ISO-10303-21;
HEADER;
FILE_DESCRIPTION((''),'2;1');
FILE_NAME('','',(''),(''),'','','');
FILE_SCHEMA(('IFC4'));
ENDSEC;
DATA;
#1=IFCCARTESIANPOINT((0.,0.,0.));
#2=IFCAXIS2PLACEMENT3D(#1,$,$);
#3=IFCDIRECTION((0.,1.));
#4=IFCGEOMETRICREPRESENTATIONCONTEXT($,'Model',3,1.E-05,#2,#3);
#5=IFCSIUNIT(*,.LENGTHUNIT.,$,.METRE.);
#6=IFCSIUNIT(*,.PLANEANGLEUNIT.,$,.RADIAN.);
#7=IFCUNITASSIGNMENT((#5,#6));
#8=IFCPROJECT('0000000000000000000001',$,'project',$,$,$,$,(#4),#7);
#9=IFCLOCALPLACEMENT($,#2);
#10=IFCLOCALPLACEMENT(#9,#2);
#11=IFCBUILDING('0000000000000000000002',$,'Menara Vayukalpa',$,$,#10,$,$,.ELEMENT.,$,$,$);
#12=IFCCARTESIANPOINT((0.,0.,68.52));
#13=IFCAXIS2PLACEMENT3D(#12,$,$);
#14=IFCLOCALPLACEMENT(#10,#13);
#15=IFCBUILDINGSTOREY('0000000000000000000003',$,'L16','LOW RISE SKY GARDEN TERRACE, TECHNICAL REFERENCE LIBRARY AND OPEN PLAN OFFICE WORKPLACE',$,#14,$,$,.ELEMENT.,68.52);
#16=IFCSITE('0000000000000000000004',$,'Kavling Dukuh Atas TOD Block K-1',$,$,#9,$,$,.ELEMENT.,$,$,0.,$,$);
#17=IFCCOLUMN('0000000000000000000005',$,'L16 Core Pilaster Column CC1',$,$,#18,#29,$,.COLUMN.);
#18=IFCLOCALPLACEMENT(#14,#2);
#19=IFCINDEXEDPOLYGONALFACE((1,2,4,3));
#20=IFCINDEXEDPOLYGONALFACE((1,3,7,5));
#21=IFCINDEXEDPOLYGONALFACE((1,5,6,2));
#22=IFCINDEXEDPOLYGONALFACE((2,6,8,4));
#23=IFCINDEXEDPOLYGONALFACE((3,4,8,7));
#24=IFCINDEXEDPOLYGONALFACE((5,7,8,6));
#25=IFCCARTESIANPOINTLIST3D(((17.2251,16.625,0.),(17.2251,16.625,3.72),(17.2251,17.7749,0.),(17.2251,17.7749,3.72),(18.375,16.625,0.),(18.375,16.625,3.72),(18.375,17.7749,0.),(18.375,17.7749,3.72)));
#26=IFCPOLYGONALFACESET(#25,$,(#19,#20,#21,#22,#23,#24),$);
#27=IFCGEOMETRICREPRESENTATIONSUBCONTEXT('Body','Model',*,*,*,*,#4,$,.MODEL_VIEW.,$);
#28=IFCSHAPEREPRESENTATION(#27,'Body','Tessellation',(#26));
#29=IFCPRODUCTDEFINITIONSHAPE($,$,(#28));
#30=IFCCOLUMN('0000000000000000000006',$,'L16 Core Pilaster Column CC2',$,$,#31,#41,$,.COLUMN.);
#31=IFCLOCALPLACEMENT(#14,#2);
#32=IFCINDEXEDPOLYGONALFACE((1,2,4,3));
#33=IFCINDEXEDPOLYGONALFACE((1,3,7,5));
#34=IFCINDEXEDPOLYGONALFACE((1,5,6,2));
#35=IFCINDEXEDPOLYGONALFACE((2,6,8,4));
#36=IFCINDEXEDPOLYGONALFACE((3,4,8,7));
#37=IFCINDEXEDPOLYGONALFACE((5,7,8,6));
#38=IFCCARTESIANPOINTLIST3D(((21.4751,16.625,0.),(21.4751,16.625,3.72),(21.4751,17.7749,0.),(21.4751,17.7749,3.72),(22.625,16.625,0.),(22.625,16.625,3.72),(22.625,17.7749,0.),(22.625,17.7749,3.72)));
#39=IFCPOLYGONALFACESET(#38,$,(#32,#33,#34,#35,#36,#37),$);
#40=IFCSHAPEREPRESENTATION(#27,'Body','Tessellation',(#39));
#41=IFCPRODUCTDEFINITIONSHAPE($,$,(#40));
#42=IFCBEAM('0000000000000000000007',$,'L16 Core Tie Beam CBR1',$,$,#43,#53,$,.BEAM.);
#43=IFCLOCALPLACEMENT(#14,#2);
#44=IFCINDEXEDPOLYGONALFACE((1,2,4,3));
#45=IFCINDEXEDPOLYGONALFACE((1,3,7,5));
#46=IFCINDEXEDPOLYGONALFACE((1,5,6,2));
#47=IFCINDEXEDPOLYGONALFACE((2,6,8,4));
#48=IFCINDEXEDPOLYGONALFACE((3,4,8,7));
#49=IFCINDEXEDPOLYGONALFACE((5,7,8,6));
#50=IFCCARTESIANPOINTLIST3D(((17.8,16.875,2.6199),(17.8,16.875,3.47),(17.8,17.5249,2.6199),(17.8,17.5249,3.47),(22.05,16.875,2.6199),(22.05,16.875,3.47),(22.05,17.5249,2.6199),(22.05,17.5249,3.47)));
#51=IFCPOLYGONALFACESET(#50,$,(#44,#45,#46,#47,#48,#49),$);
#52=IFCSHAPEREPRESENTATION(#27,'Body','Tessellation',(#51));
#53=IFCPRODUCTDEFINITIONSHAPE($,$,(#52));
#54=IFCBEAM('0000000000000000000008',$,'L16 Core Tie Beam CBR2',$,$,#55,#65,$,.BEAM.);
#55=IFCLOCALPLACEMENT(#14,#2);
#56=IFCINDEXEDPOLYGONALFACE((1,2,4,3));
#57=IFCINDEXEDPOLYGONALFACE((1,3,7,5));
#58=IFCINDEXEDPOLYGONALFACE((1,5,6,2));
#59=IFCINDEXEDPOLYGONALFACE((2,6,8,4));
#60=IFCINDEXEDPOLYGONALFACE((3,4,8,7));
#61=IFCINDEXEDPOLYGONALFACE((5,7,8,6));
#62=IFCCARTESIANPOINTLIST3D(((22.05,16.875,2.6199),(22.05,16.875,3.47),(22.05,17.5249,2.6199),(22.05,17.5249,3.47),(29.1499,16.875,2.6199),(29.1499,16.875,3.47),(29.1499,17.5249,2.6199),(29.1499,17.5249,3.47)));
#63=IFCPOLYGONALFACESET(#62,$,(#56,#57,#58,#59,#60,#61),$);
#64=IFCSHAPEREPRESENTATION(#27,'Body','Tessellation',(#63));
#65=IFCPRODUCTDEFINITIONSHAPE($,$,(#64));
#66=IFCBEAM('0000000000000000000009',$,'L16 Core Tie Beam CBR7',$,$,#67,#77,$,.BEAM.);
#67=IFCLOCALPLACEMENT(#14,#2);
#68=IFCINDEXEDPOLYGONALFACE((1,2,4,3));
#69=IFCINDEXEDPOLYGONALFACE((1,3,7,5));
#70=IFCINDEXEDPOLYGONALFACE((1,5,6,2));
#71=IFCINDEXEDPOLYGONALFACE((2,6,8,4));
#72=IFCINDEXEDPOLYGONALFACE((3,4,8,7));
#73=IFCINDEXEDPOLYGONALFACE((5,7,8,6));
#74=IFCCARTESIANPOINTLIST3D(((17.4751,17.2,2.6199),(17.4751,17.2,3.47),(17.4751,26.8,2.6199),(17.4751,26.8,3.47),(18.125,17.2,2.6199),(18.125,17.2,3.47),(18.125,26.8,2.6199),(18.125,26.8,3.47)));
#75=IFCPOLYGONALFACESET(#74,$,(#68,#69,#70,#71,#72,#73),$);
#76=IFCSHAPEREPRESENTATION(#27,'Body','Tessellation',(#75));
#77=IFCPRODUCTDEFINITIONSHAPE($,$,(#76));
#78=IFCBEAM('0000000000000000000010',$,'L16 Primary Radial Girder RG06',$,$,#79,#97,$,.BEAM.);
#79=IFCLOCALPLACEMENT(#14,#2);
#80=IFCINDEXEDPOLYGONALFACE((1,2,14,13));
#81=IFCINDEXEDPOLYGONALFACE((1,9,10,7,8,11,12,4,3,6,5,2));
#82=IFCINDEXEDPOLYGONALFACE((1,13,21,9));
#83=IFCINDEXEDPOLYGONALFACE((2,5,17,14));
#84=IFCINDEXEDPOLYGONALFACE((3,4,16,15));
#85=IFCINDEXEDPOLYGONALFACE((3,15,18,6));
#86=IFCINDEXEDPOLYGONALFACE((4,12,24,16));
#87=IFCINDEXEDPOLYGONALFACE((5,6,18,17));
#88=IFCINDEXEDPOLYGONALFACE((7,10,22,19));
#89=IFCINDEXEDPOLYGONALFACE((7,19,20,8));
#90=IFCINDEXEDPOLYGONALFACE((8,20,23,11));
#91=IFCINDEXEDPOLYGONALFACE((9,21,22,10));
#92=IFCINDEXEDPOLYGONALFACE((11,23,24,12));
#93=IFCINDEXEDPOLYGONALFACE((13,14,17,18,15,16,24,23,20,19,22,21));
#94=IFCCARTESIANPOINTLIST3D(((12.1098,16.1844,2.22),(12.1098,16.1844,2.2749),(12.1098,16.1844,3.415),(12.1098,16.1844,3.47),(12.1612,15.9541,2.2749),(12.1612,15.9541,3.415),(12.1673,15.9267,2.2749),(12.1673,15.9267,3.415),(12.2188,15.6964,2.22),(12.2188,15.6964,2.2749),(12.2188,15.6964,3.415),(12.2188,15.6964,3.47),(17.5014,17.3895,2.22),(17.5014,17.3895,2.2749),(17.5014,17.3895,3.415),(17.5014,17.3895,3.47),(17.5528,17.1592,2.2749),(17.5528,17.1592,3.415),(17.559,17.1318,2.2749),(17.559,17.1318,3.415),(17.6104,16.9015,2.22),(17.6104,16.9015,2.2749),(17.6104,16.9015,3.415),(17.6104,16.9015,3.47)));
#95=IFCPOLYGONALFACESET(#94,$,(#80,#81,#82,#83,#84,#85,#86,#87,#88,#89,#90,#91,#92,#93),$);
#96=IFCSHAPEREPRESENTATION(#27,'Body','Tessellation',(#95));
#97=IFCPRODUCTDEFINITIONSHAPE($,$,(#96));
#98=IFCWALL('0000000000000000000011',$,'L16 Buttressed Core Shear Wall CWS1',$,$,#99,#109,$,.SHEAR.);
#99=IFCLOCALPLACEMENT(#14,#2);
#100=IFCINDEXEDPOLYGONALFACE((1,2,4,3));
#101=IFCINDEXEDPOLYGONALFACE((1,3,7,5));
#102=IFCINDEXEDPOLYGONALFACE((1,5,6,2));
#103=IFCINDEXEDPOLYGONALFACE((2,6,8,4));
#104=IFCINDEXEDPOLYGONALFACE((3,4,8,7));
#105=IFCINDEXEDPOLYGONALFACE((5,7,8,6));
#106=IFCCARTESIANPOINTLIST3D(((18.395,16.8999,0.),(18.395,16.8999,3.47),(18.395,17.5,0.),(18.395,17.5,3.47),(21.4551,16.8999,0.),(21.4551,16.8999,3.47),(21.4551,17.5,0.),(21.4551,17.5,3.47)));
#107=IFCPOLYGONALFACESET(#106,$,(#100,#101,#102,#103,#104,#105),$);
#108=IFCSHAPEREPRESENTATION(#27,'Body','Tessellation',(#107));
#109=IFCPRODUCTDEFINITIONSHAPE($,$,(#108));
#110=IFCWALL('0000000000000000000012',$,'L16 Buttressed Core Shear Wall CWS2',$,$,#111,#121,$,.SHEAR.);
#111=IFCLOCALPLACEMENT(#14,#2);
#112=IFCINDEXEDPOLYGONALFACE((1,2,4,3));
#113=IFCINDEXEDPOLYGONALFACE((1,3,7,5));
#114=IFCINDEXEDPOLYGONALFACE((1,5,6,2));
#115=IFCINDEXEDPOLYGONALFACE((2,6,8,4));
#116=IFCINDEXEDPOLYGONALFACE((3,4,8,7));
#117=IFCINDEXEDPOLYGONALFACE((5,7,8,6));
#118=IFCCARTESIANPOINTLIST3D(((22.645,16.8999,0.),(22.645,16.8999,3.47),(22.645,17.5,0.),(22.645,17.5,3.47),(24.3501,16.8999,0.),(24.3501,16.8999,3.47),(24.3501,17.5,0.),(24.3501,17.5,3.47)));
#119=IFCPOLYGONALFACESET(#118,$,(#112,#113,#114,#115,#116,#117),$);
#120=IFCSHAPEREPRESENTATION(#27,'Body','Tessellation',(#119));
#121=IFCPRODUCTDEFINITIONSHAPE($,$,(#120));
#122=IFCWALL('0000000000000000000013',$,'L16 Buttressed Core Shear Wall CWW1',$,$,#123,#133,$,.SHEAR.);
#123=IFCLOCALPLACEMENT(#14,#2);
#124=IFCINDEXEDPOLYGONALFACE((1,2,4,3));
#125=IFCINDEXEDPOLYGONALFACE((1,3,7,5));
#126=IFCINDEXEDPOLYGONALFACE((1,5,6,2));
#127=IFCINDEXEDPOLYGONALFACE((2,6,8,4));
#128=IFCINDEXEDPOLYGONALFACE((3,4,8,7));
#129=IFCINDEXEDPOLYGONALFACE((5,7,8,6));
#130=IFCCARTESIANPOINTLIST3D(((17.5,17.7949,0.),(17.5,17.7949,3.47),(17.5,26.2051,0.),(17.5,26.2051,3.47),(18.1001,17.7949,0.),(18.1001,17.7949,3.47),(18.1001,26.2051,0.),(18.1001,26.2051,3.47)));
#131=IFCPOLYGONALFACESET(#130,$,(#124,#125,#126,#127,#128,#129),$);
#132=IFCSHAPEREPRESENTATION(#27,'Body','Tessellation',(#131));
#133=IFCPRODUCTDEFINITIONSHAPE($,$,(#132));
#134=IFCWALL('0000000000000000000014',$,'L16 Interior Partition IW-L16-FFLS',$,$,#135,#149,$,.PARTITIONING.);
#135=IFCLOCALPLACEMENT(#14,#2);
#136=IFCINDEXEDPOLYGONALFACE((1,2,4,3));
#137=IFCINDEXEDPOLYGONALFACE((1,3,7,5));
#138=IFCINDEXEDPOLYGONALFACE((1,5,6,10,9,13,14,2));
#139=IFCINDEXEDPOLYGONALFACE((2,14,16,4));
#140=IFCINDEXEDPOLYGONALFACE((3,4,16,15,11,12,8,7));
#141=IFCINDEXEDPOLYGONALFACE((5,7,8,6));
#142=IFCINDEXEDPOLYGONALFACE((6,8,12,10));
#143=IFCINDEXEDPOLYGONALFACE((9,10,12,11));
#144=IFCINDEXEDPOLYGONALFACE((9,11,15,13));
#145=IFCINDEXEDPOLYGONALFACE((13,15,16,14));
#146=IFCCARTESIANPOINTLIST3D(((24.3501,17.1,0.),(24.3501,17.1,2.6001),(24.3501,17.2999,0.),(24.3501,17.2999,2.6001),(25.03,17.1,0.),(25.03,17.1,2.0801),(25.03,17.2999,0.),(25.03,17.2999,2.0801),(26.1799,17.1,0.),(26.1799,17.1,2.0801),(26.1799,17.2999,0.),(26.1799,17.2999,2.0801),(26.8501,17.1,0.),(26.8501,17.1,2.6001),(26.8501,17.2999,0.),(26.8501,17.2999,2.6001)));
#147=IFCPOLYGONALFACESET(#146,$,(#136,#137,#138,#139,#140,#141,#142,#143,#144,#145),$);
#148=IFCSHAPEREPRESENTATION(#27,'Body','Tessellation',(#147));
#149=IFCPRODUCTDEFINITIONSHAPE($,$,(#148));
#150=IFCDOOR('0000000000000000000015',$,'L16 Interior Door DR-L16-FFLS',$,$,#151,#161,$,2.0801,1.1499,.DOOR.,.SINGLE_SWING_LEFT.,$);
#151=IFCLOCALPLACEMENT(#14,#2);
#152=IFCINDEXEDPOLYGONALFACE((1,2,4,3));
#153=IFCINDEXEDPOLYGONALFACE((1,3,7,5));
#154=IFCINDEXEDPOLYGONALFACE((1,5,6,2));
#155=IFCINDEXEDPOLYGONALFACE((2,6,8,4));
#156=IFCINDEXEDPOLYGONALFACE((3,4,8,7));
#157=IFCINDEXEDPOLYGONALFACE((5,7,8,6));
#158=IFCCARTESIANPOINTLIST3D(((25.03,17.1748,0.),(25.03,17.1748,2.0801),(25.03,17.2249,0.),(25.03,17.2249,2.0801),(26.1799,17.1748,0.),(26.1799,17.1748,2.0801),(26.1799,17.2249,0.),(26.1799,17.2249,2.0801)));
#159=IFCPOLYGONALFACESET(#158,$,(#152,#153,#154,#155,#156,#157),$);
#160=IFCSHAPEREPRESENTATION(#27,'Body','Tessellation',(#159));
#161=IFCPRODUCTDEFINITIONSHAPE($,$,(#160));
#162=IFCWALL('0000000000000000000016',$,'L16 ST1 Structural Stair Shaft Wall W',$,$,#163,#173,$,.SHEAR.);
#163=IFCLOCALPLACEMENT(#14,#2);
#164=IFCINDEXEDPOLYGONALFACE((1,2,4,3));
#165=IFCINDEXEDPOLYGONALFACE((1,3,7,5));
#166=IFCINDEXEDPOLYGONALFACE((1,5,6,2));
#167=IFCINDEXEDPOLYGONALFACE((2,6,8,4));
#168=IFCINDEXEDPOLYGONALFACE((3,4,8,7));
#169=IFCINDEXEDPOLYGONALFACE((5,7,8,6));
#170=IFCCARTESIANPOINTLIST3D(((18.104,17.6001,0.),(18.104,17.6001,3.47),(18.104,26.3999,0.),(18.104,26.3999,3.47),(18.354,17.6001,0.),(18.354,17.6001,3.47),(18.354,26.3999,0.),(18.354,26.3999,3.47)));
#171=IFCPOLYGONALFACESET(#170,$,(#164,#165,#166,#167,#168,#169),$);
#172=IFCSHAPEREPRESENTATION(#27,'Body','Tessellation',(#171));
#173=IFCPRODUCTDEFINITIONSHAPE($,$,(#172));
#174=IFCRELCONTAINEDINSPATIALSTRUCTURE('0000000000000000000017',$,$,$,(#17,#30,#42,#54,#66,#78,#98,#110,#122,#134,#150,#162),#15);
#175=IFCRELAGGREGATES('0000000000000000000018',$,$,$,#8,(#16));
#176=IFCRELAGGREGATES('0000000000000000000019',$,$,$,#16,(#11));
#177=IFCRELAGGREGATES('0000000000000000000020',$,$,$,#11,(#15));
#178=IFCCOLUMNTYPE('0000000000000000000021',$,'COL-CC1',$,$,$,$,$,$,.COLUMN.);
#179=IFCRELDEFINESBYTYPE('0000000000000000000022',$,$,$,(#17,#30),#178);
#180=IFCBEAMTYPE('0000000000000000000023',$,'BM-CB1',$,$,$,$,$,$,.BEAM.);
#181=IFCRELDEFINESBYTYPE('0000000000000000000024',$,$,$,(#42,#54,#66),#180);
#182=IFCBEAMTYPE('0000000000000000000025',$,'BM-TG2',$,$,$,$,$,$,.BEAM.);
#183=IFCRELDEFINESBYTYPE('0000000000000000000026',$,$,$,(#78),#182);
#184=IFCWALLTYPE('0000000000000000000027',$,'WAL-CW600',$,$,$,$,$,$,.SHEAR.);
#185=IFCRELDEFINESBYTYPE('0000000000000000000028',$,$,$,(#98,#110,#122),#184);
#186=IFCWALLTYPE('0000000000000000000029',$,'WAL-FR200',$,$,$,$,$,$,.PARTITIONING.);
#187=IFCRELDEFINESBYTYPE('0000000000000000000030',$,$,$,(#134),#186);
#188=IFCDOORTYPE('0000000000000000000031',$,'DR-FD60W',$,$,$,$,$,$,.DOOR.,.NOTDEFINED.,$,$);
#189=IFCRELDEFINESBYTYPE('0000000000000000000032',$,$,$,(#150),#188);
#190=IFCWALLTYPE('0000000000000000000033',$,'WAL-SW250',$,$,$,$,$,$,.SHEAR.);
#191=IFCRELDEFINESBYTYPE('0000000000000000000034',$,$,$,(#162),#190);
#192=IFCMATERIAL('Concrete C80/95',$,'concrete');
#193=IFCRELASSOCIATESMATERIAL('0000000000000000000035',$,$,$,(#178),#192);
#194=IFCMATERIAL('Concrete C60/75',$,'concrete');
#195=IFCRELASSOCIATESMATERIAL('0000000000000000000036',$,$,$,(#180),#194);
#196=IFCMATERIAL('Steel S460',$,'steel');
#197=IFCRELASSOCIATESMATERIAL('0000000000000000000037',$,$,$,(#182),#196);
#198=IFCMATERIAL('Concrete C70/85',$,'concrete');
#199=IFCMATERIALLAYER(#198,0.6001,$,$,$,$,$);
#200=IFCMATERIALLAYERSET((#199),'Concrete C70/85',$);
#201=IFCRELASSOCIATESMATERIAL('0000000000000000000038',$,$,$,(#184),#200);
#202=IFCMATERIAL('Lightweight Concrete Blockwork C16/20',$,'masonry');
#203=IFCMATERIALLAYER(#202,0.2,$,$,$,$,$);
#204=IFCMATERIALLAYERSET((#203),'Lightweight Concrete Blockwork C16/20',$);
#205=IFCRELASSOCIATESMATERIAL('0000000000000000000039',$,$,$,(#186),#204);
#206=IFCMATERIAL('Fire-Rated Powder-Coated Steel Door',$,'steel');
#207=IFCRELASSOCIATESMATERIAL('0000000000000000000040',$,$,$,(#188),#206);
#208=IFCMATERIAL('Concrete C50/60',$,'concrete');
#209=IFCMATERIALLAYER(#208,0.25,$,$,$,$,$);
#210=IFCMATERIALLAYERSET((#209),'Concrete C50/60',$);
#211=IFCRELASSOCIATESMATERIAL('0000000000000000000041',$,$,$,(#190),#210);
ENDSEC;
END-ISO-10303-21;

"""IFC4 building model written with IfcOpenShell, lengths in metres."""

from ifc_helpers import new_model, si_unit, direction, frame, frame_2d, origin, origin_2d, place, context, subcontext, project, spatial, rectangle, i_section, extrude, material, layer, layer_set, material_profile, profile_set, type_object, element, fill, save


model = new_model("IFC4")

# Units and contexts
model_context = context("Model", 3, precision=1e-05, world=origin(), true_north=direction((0.0, 1.0)))
body_context = subcontext(model_context, "Body", "Model", "MODEL_VIEW")
ifc_project = project(units=[si_unit("LENGTHUNIT", "METRE"), si_unit("PLANEANGLEUNIT", "RADIAN")], contexts=[model_context])

# Site, building, storey
site_placement = place(None, origin())
site = spatial("IfcSite", under=ifc_project, at=site_placement, Name="Kavling Dukuh Atas TOD Block K-1", CompositionType="ELEMENT", RefElevation=0.0)
building_placement = place(site_placement, origin())
building = spatial("IfcBuilding", under=site, at=building_placement, Name="Menara Vayukalpa", CompositionType="ELEMENT")
storey_placement = place(building_placement, frame((0.0, 0.0, 68.52)))
storey = spatial("IfcBuildingStorey", under=building, at=storey_placement, Name="L16", Description="LOW RISE SKY GARDEN TERRACE, TECHNICAL REFERENCE LIBRARY AND OPEN PLAN OFFICE WORKPLACE", CompositionType="ELEMENT", Elevation=68.52)

# Columns
ifc_material_1 = material(Name="Concrete C80/95", Category="concrete")
ifc_material_profile_1 = material_profile(ifc_material_1, rectangle(XDim=1.1499, YDim=1.1499, at=origin_2d()), Name="RC 1150x1150")
ifc_profile_set_1 = profile_set([ifc_material_profile_1], Name="Concrete C80/95")
column_type = type_object("IfcColumnType", Name="COL-CC1", PredefinedType="COLUMN", material=ifc_profile_set_1)
for number, where, z_axis, x_axis, name in (
    (1, (17.8, 17.2, 0.0), (0.0, 0.0, 1.0), (1.0, 0.0, 0.0), "L16 Core Pilaster Column CC1"),
    (2, (22.05, 17.2, 0.0), (0.0, 0.0, 1.0), (1.0, 0.0, 0.0), "L16 Core Pilaster Column CC2"),
):
    element("IfcColumn", number, at=place(storey_placement, frame(where, z_axis=z_axis, x_axis=x_axis)), inside=storey, type_object=column_type, Name=name, PredefinedType="COLUMN", context=body_context, shape_type="SweptSolid", body=[
        extrude(rectangle(XDim=1.1499, YDim=1.1499, at=origin_2d()), origin(), (0.0, 0.0, 1.0), 3.72),
    ])

# Beams
ifc_material_2 = material(Name="Concrete C60/75", Category="concrete")
ifc_material_profile_2 = material_profile(ifc_material_2, rectangle(XDim=0.6499, YDim=0.8501, at=origin_2d()), Name="RC 650x850")
ifc_profile_set_2 = profile_set([ifc_material_profile_2], Name="Concrete C60/75")
beam_type_1 = type_object("IfcBeamType", Name="BM-CB1", PredefinedType="BEAM", material=ifc_profile_set_2)
beam_1_placement = place(storey_placement, frame((17.8, 17.2, 3.0449), z_axis=(1.0, 0.0, 0.0), x_axis=(0.0, 1.0, 0.0)))
element("IfcBeam", 3, at=beam_1_placement, inside=storey, type_object=beam_type_1, Name="L16 Core Tie Beam CBR1", PredefinedType="BEAM", context=body_context, shape_type="SweptSolid", body=[
    extrude(rectangle(XDim=0.6499, YDim=0.8501, at=origin_2d()), origin(), (0.0, 0.0, 1.0), 4.25),
])
beam_2_placement = place(storey_placement, frame((22.05, 17.2, 3.0449), z_axis=(1.0, 0.0, 0.0), x_axis=(0.0, 1.0, 0.0)))
element("IfcBeam", 4, at=beam_2_placement, inside=storey, type_object=beam_type_1, Name="L16 Core Tie Beam CBR2", PredefinedType="BEAM", context=body_context, shape_type="SweptSolid", body=[
    extrude(rectangle(XDim=0.6499, YDim=0.8501, at=origin_2d()), origin(), (0.0, 0.0, 1.0), 7.0999),
])
beam_3_placement = place(storey_placement, frame((17.8, 17.2, 3.0449), z_axis=(0.0, 1.0, 0.0), x_axis=(-1.0, 0.0, 0.0)))
element("IfcBeam", 5, at=beam_3_placement, inside=storey, type_object=beam_type_1, Name="L16 Core Tie Beam CBR7", PredefinedType="BEAM", context=body_context, shape_type="SweptSolid", body=[
    extrude(rectangle(XDim=0.6499, YDim=0.8501, at=origin_2d()), origin(), (0.0, 0.0, 1.0), 9.6001),
])
ifc_material_3 = material(Name="Steel S460", Category="steel")
ifc_material_profile_3 = material_profile(ifc_material_3, i_section(OverallWidth=0.5, OverallDepth=1.25, WebThickness=0.0281, FlangeThickness=0.0549, at=origin_2d()), Name="WG 1250x500x28x55")
ifc_profile_set_3 = profile_set([ifc_material_profile_3], Name="Steel S460")
beam_type_2 = type_object("IfcBeamType", Name="BM-TG2", PredefinedType="BEAM", material=ifc_profile_set_3)
beam_4_placement = place(storey_placement, frame((17.5559, 17.1455, 2.845), z_axis=(-0.97592, -0.218128, 0.0), x_axis=(0.218128, -0.97592, 0.0)))
element("IfcBeam", 6, at=beam_4_placement, inside=storey, type_object=beam_type_2, Name="L16 Primary Radial Girder RG06", PredefinedType="BEAM", context=body_context, shape_type="SweptSolid", body=[
    extrude(i_section(OverallWidth=0.5, OverallDepth=1.25, WebThickness=0.0281, FlangeThickness=0.0549, at=origin_2d()), origin(), (0.0, 0.0, 1.0), 5.5247),
])

# Walls
ifc_material_4 = material(Name="Concrete C70/85", Category="concrete")
ifc_layer_1 = layer(ifc_material_4, 0.6001)
ifc_layer_set_1 = layer_set([ifc_layer_1], Name="Concrete C70/85")
wall_type_1 = type_object("IfcWallType", Name="WAL-CW600", PredefinedType="SHEAR", material=ifc_layer_set_1)
wall_1_placement = place(storey_placement, frame((18.395, 17.2, 0.0), z_axis=(0.0, 0.0, 1.0), x_axis=(1.0, 0.0, 0.0)))
element("IfcWall", 7, at=wall_1_placement, inside=storey, type_object=wall_type_1, Name="L16 Buttressed Core Shear Wall CWS1", PredefinedType="SHEAR", context=body_context, shape_type="SweptSolid", body=[
    extrude(rectangle(XDim=3.0601, YDim=0.6001, at=frame_2d((1.53, 0.0))), origin(), (0.0, 0.0, 1.0), 3.47),
])
wall_2_placement = place(storey_placement, frame((22.645, 17.2, 0.0), z_axis=(0.0, 0.0, 1.0), x_axis=(1.0, 0.0, 0.0)))
element("IfcWall", 8, at=wall_2_placement, inside=storey, type_object=wall_type_1, Name="L16 Buttressed Core Shear Wall CWS2", PredefinedType="SHEAR", context=body_context, shape_type="SweptSolid", body=[
    extrude(rectangle(XDim=1.7051, YDim=0.6001, at=frame_2d((0.8525, 0.0))), origin(), (0.0, 0.0, 1.0), 3.47),
])
wall_3_placement = place(storey_placement, frame((17.8, 17.7949, 0.0), z_axis=(0.0, 0.0, 1.0), x_axis=(0.0, 1.0, 0.0)))
element("IfcWall", 9, at=wall_3_placement, inside=storey, type_object=wall_type_1, Name="L16 Buttressed Core Shear Wall CWW1", PredefinedType="SHEAR", context=body_context, shape_type="SweptSolid", body=[
    extrude(rectangle(XDim=8.4102, YDim=0.6001, at=frame_2d((4.2051, 0.0))), origin(), (0.0, 0.0, 1.0), 3.47),
])

# Wall, opening, door
ifc_material_5 = material(Name="Lightweight Concrete Blockwork C16/20", Category="masonry")
ifc_layer_2 = layer(ifc_material_5, 0.2)
ifc_layer_set_2 = layer_set([ifc_layer_2], Name="Lightweight Concrete Blockwork C16/20")
wall_type_2 = type_object("IfcWallType", Name="WAL-FR200", PredefinedType="PARTITIONING", material=ifc_layer_set_2)
wall_4_placement = place(storey_placement, frame((24.3501, 17.2, 0.0), z_axis=(0.0, 0.0, 1.0), x_axis=(1.0, 0.0, 0.0)))
wall_4 = element("IfcWall", 10, at=wall_4_placement, inside=storey, type_object=wall_type_2, Name="L16 Interior Partition IW-L16-FFLS", PredefinedType="PARTITIONING", context=body_context, shape_type="SweptSolid", body=[
    extrude(rectangle(XDim=2.5, YDim=0.2, at=frame_2d((1.25, 0.0))), origin(), (0.0, 0.0, 1.0), 2.6001),
])
opening_1_placement = place(wall_4_placement, frame((0.6799, 0.0, 0.0)))
opening_1 = element("IfcOpeningElement", 11, at=opening_1_placement, cuts=wall_4, PredefinedType="OPENING", context=body_context, shape_type="SweptSolid", body=[
    extrude(rectangle(XDim=1.1499, YDim=2.0801, at=frame_2d((0.575, 1.04))), frame((0.0, 0.1099, 0.0), z_axis=(0.0, -1.0, 0.0), x_axis=(1.0, 0.0, 0.0)), (0.0, 0.0, 1.0), 0.22),
])
ifc_material_6 = material(Name="Fire-Rated Powder-Coated Steel Door", Category="steel")
door_type_1 = type_object("IfcDoorType", Name="DR-FD60W", OperationType="NOTDEFINED", PredefinedType="DOOR", material=ifc_material_6)
door_1_placement = place(opening_1_placement, origin())
door_1 = element("IfcDoor", 12, at=door_1_placement, inside=storey, type_object=door_type_1, Name="L16 Interior Door DR-L16-FFLS", OperationType="SINGLE_SWING_LEFT", OverallHeight=2.0801, OverallWidth=1.1499, PredefinedType="DOOR", context=body_context, shape_type="SweptSolid", body=[
    extrude(rectangle(XDim=1.1499, YDim=2.0801, at=frame_2d((0.575, 1.04))), frame((0.0, 0.0249, 0.0), z_axis=(0.0, -1.0, 0.0), x_axis=(1.0, 0.0, 0.0)), (0.0, 0.0, 1.0), 0.05),
])
fill(opening_1, door_1)

# Wall
ifc_material_7 = material(Name="Concrete C50/60", Category="concrete")
ifc_layer_3 = layer(ifc_material_7, 0.25)
ifc_layer_set_3 = layer_set([ifc_layer_3], Name="Concrete C50/60")
wall_type_3 = type_object("IfcWallType", Name="WAL-SW250", PredefinedType="SHEAR", material=ifc_layer_set_3)
wall_5_placement = place(storey_placement, frame((18.229, 17.6001, 0.0), z_axis=(0.0, 0.0, 1.0), x_axis=(0.0, 1.0, 0.0)))
element("IfcWall", 13, at=wall_5_placement, inside=storey, type_object=wall_type_3, Name="L16 ST1 Structural Stair Shaft Wall W", PredefinedType="SHEAR", context=body_context, shape_type="SweptSolid", body=[
    extrude(rectangle(XDim=8.7998, YDim=0.25, at=frame_2d((4.3999, 0.0))), origin(), (0.0, 0.0, 1.0), 3.47),
])

save(model, "model.ifc")
